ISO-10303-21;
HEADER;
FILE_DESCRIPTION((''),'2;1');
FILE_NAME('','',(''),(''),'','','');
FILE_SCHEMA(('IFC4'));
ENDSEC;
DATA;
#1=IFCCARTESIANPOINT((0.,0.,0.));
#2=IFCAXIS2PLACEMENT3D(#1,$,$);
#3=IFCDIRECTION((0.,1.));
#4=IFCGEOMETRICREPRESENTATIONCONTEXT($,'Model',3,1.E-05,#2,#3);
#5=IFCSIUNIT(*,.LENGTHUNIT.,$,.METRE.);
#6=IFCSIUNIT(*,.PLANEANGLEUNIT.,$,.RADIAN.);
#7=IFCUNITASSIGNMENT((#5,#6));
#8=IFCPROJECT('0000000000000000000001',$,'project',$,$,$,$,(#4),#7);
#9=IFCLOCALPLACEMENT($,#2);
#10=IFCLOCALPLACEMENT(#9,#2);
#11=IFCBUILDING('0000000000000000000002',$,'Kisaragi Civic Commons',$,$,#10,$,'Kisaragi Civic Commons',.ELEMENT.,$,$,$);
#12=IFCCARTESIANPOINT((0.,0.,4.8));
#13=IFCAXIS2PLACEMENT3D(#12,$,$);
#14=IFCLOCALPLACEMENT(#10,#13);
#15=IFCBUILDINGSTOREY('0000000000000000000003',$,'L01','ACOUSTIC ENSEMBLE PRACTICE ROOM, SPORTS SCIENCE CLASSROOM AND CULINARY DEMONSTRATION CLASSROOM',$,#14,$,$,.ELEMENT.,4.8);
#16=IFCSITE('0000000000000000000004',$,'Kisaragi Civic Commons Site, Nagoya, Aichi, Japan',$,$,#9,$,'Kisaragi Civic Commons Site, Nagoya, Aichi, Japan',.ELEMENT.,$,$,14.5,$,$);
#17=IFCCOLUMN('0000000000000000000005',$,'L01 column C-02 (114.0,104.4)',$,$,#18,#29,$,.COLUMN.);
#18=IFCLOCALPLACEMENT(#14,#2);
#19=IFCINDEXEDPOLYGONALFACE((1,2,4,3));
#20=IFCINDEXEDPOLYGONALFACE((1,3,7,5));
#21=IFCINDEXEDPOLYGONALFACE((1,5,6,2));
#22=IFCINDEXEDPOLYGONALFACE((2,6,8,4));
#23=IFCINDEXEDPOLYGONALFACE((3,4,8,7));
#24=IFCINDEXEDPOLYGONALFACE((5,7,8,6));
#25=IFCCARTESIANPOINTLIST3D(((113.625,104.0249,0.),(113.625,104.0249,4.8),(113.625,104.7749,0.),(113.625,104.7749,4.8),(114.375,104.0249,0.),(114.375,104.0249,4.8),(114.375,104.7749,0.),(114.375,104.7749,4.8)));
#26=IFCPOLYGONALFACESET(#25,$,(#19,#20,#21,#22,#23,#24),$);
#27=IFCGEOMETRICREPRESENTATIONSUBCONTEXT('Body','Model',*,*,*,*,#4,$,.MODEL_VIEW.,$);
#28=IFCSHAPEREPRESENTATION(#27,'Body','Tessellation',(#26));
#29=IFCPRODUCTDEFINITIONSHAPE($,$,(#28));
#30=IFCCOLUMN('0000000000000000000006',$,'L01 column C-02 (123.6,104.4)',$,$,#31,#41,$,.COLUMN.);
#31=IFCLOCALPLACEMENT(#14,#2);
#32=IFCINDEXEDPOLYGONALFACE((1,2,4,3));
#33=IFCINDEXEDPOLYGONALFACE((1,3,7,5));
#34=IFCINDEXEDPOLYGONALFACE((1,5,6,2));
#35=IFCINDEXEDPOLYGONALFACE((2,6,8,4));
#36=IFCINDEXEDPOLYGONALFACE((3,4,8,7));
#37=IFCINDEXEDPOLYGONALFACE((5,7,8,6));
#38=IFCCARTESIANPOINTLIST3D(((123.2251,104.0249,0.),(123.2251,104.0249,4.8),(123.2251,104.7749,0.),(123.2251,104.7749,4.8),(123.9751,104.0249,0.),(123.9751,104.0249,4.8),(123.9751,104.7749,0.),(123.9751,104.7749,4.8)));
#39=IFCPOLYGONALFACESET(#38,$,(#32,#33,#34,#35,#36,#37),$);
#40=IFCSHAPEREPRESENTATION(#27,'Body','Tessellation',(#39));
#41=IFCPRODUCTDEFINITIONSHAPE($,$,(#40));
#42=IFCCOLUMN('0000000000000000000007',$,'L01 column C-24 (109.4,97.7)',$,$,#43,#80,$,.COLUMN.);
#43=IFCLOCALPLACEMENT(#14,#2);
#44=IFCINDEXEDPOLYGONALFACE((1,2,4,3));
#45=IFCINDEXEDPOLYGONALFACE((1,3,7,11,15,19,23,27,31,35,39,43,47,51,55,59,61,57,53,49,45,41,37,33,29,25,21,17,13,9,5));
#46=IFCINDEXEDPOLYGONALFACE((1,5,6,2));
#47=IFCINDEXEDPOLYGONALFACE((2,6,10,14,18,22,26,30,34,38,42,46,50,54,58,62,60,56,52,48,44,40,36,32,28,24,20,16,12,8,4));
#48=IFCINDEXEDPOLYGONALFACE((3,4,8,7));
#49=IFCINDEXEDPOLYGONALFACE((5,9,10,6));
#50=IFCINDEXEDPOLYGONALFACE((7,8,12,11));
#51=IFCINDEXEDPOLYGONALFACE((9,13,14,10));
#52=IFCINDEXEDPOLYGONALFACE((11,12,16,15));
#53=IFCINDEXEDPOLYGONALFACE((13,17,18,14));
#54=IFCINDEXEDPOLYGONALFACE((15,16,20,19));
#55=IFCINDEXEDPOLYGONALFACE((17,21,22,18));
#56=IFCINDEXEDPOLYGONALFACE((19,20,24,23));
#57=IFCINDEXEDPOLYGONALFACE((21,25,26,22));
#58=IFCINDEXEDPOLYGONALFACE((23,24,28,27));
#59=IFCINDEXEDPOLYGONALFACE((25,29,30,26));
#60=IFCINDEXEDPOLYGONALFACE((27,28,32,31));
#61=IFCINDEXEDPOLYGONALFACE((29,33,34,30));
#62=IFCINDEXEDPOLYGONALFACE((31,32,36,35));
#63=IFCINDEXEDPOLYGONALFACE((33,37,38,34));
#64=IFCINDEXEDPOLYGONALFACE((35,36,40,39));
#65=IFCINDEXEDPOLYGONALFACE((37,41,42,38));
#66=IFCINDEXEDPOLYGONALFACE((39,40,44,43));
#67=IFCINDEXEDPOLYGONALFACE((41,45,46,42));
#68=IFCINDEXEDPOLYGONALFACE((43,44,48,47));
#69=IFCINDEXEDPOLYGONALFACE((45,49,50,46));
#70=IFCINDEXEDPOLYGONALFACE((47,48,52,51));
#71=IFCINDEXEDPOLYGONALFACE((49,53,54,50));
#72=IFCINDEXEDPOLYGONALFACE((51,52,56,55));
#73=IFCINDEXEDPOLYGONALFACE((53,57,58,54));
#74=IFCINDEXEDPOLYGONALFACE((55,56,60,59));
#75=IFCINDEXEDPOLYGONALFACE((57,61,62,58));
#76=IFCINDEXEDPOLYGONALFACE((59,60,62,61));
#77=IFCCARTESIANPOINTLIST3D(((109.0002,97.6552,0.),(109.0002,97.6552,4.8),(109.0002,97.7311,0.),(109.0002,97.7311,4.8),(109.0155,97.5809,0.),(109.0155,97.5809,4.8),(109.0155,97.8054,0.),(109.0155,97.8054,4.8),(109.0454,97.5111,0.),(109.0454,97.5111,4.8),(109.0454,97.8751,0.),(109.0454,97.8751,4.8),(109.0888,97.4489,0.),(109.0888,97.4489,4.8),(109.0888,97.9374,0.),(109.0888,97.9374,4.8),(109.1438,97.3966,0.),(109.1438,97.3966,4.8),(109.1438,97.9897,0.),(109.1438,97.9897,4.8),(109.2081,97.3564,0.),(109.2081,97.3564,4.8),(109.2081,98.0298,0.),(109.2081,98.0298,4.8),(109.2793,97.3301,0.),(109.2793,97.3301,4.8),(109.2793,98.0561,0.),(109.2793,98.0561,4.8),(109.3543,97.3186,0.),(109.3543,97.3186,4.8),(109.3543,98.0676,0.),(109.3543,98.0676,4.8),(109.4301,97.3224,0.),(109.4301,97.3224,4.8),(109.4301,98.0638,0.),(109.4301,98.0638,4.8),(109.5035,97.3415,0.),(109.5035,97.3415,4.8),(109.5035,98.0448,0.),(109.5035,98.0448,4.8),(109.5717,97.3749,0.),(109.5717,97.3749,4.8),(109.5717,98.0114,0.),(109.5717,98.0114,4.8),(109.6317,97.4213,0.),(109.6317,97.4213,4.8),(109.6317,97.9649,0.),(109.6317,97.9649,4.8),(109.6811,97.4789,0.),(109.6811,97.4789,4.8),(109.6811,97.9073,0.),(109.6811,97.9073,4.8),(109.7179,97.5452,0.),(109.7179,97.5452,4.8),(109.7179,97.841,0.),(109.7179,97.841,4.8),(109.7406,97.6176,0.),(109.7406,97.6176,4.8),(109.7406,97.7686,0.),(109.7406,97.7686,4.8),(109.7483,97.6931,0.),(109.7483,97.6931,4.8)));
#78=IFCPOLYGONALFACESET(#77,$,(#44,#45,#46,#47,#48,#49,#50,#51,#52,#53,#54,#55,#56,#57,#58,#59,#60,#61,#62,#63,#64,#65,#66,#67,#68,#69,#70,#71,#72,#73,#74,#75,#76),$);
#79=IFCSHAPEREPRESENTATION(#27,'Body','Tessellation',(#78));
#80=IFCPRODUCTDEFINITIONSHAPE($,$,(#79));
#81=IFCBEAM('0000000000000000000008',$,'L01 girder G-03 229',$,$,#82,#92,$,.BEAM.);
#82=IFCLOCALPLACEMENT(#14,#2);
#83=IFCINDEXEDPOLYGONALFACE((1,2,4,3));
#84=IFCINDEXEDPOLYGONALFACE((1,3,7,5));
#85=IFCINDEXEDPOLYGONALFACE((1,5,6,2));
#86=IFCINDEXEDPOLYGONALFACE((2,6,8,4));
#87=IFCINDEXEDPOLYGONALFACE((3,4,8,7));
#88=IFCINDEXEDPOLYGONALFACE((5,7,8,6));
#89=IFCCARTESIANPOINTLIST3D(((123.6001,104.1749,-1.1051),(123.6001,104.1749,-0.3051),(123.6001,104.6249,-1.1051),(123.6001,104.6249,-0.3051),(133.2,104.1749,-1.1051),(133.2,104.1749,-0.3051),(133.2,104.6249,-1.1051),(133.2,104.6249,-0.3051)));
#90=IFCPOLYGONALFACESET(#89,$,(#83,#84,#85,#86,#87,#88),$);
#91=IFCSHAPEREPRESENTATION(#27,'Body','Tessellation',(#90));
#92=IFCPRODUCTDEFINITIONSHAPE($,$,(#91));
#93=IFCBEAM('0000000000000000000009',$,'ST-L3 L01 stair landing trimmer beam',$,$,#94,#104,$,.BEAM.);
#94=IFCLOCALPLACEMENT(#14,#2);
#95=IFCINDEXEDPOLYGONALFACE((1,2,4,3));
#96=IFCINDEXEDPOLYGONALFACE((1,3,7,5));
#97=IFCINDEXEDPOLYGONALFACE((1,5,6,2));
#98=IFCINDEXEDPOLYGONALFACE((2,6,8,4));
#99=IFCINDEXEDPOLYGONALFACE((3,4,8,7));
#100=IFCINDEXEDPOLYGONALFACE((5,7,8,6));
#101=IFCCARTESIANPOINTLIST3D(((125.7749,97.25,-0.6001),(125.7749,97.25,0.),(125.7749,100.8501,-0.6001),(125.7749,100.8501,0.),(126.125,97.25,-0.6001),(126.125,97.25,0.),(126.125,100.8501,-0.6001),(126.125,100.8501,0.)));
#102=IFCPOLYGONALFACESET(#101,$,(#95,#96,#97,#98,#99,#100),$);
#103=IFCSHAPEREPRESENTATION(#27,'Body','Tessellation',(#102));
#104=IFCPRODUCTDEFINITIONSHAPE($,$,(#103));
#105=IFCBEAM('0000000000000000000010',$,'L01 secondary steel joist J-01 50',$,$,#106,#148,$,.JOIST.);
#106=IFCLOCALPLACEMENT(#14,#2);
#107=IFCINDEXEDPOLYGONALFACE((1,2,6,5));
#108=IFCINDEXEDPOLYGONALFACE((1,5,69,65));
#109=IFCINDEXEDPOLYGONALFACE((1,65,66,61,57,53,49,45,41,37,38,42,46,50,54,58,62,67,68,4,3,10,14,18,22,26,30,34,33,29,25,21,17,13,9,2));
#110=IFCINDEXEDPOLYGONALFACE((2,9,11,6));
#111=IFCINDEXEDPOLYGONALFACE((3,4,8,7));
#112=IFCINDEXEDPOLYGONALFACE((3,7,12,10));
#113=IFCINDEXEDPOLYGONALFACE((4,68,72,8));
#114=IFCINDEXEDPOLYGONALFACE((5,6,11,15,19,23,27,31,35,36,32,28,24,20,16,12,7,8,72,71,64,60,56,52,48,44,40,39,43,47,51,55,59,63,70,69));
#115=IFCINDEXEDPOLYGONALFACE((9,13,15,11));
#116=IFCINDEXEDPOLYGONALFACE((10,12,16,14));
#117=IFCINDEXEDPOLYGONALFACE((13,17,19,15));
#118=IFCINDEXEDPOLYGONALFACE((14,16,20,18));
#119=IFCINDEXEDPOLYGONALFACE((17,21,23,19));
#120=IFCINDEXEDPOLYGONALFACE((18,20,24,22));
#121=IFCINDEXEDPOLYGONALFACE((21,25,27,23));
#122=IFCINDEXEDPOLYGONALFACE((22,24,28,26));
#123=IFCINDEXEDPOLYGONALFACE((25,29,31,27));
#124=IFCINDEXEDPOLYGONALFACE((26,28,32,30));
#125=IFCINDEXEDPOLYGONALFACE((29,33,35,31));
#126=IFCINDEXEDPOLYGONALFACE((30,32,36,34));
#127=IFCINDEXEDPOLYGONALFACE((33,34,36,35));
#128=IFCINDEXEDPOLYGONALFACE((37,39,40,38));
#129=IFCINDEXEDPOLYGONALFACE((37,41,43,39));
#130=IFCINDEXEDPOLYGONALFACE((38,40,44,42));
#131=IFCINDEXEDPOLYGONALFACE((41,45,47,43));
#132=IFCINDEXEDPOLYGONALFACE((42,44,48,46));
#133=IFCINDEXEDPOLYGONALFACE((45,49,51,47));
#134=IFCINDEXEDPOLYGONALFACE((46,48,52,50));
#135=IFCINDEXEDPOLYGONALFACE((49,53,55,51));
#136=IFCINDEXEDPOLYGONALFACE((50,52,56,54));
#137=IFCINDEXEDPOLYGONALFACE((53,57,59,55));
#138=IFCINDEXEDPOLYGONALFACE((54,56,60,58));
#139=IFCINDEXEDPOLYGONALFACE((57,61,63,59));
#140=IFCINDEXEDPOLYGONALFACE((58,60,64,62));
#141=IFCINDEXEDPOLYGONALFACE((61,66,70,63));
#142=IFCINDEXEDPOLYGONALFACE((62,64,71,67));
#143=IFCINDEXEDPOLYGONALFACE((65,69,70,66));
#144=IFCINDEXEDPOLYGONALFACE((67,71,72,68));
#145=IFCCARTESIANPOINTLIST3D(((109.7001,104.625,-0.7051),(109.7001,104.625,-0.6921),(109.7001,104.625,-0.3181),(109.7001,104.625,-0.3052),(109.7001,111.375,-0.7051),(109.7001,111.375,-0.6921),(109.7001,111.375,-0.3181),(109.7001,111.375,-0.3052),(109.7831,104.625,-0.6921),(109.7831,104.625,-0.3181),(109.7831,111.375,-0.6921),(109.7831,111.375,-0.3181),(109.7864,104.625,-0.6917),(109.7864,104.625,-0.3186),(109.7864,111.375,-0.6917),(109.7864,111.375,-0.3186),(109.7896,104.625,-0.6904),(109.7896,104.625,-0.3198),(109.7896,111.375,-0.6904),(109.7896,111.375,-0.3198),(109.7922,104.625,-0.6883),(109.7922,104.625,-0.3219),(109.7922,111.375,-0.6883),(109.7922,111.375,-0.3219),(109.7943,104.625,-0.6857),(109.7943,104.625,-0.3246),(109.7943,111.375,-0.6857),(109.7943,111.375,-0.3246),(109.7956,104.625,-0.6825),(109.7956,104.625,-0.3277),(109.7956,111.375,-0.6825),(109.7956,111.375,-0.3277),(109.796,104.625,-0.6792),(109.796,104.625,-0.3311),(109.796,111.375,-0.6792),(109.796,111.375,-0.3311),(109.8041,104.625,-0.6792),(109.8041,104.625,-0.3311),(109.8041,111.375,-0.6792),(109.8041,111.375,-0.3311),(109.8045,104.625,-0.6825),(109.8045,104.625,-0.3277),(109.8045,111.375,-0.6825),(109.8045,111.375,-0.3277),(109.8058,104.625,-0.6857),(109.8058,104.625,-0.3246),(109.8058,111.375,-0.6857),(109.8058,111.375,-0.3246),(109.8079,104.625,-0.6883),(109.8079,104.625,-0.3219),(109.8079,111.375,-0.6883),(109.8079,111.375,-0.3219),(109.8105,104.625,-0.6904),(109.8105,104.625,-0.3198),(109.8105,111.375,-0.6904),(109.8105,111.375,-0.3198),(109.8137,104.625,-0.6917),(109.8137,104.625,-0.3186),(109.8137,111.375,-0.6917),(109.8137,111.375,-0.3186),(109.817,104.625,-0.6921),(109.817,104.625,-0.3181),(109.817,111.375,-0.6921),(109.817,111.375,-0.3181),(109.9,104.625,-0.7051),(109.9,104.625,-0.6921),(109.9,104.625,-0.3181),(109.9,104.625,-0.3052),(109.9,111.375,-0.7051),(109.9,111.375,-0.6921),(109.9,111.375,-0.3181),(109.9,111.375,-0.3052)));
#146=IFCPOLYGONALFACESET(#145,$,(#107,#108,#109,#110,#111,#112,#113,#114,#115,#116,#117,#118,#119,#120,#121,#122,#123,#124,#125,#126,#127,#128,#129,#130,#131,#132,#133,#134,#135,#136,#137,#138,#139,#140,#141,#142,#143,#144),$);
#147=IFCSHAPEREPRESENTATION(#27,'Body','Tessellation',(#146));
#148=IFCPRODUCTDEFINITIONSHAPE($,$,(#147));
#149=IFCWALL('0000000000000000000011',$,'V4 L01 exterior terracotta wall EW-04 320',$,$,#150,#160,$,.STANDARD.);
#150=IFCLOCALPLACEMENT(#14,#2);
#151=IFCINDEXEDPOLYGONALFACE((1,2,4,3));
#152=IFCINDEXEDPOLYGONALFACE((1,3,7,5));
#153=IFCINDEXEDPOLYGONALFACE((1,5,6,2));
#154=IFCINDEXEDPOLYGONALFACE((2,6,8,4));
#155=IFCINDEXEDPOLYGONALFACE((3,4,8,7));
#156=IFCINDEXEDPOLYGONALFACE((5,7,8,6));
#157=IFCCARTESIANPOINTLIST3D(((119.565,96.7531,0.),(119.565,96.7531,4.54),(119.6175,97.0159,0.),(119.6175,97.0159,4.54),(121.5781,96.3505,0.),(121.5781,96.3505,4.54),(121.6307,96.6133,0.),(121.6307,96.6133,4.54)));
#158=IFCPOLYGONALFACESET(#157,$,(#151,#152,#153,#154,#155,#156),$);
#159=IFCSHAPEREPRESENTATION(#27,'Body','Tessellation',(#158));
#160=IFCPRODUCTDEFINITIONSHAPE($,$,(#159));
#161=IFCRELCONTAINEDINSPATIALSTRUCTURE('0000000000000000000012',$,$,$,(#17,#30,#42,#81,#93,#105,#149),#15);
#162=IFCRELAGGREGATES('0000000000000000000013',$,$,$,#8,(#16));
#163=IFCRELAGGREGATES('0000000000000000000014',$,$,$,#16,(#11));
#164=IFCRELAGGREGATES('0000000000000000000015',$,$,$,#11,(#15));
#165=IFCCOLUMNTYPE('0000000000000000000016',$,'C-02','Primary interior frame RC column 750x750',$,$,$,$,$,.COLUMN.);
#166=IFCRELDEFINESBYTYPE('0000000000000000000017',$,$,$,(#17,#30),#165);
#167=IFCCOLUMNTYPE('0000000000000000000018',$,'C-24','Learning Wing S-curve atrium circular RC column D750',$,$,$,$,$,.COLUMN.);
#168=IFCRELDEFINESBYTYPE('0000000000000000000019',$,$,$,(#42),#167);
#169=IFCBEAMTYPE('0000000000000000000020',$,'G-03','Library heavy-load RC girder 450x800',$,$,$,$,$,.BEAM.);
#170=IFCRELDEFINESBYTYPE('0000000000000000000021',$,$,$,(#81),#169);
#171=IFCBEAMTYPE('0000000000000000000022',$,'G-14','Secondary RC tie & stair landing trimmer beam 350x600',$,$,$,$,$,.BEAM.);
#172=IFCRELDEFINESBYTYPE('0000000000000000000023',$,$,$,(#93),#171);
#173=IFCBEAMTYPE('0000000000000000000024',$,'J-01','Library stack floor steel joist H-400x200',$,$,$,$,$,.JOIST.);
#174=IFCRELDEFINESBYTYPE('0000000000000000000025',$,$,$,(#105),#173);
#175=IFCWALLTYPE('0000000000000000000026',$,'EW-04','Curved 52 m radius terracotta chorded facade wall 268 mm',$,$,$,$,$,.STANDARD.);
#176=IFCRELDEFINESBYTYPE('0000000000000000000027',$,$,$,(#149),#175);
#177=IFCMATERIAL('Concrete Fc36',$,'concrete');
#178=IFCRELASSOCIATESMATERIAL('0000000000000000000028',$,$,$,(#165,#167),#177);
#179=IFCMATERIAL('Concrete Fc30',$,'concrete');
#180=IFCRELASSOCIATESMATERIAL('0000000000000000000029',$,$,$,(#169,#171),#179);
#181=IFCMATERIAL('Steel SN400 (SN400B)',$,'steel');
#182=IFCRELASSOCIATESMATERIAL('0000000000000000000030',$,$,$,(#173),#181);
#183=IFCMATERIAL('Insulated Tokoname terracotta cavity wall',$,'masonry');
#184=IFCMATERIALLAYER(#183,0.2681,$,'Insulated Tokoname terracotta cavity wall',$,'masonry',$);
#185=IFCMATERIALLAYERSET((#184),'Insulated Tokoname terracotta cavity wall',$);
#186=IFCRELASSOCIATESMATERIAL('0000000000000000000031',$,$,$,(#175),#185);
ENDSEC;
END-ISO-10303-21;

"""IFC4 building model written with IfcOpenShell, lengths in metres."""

from ifc_helpers import new_model, si_unit, direction, frame, frame_2d, origin, origin_2d, place, context, subcontext, project, spatial, rectangle, circle, i_section, extrude, material, layer, layer_set, material_profile, profile_set, type_object, element, save


model = new_model("IFC4")

# Units and contexts
model_context = context("Model", 3, precision=1e-05, world=origin(), true_north=direction((0.0, 1.0)))
body_context = subcontext(model_context, "Body", "Model", "MODEL_VIEW")
ifc_project = project(units=[si_unit("LENGTHUNIT", "METRE"), si_unit("PLANEANGLEUNIT", "RADIAN")], contexts=[model_context])

# Site, building, storey
site_placement = place(None, origin())
site = spatial("IfcSite", under=ifc_project, at=site_placement, Name="Kisaragi Civic Commons Site, Nagoya, Aichi, Japan", LongName="Kisaragi Civic Commons Site, Nagoya, Aichi, Japan", CompositionType="ELEMENT", RefElevation=14.5)
building_placement = place(site_placement, origin())
building = spatial("IfcBuilding", under=site, at=building_placement, Name="Kisaragi Civic Commons", LongName="Kisaragi Civic Commons", CompositionType="ELEMENT")
storey_placement = place(building_placement, frame((0.0, 0.0, 4.8)))
storey = spatial("IfcBuildingStorey", under=building, at=storey_placement, Name="L01", Description="ACOUSTIC ENSEMBLE PRACTICE ROOM, SPORTS SCIENCE CLASSROOM AND CULINARY DEMONSTRATION CLASSROOM", CompositionType="ELEMENT", Elevation=4.8)

# Columns
ifc_material_1 = material(Name="Concrete Fc36", Category="concrete")
ifc_material_profile_1 = material_profile(ifc_material_1, rectangle(XDim=0.75, YDim=0.75, at=origin_2d()), Name="RC-750x750", Category="concrete")
ifc_profile_set_1 = profile_set([ifc_material_profile_1], Name="Concrete Fc36")
column_type_1 = type_object("IfcColumnType", Name="C-02", Description="Primary interior frame RC column 750x750", PredefinedType="COLUMN", material=ifc_profile_set_1)
for number, where, z_axis, x_axis, name in (
    (1, (114.0, 104.3999, 0.0), (0.0, 0.0, 1.0), (1.0, 0.0, 0.0), "L01 column C-02 (114.0,104.4)"),
    (2, (123.6001, 104.3999, 0.0), (0.0, 0.0, 1.0), (1.0, 0.0, 0.0), "L01 column C-02 (123.6,104.4)"),
):
    element("IfcColumn", number, at=place(storey_placement, frame(where, z_axis=z_axis, x_axis=x_axis)), inside=storey, type_object=column_type_1, Name=name, PredefinedType="COLUMN", context=body_context, shape_type="SweptSolid", body=[
        extrude(rectangle(XDim=0.75, YDim=0.75, at=origin_2d()), origin(), (0.0, 0.0, 1.0), 4.8),
    ])
ifc_material_profile_2 = material_profile(ifc_material_1, circle(Radius=0.375, at=origin_2d()), Name="RC-D750", Category="concrete")
ifc_profile_set_2 = profile_set([ifc_material_profile_2], Name="Concrete Fc36")
column_type_2 = type_object("IfcColumnType", Name="C-24", Description="Learning Wing S-curve atrium circular RC column D750", PredefinedType="COLUMN", material=ifc_profile_set_2)
column_placement = place(storey_placement, frame((109.3733, 97.6931, 0.0), z_axis=(0.0, 0.0, 1.0), x_axis=(1.0, 0.0, 0.0)))
element("IfcColumn", 3, at=column_placement, inside=storey, type_object=column_type_2, Name="L01 column C-24 (109.4,97.7)", PredefinedType="COLUMN", context=body_context, shape_type="SweptSolid", body=[
    extrude(circle(Radius=0.375, at=origin_2d()), origin(), (0.0, 0.0, 1.0), 4.8),
])

# Beams
ifc_material_2 = material(Name="Concrete Fc30", Category="concrete")
ifc_material_profile_3 = material_profile(ifc_material_2, rectangle(XDim=0.45, YDim=0.8, at=origin_2d()), Name="RC-450x800", Category="concrete")
ifc_profile_set_3 = profile_set([ifc_material_profile_3], Name="Concrete Fc30")
beam_type_1 = type_object("IfcBeamType", Name="G-03", Description="Library heavy-load RC girder 450x800", PredefinedType="BEAM", material=ifc_profile_set_3)
beam_1_placement = place(storey_placement, frame((123.6001, 104.3999, -0.7051), z_axis=(1.0, 0.0, 0.0), x_axis=(0.0, 1.0, 0.0)))
element("IfcBeam", 4, at=beam_1_placement, inside=storey, type_object=beam_type_1, Name="L01 girder G-03 229", PredefinedType="BEAM", context=body_context, shape_type="SweptSolid", body=[
    extrude(rectangle(XDim=0.45, YDim=0.8, at=origin_2d()), origin(), (0.0, 0.0, 1.0), 9.5999),
])
ifc_material_profile_4 = material_profile(ifc_material_2, rectangle(XDim=0.3501, YDim=0.6001, at=origin_2d()), Name="RC-350x600", Category="concrete")
ifc_profile_set_4 = profile_set([ifc_material_profile_4], Name="Concrete Fc30")
beam_type_2 = type_object("IfcBeamType", Name="G-14", Description="Secondary RC tie & stair landing trimmer beam 350x600", PredefinedType="BEAM", material=ifc_profile_set_4)
beam_2_placement = place(storey_placement, frame((125.95, 97.25, -0.3), z_axis=(0.0, 1.0, 0.0), x_axis=(-1.0, 0.0, 0.0)))
element("IfcBeam", 5, at=beam_2_placement, inside=storey, type_object=beam_type_2, Name="ST-L3 L01 stair landing trimmer beam", PredefinedType="BEAM", context=body_context, shape_type="SweptSolid", body=[
    extrude(rectangle(XDim=0.3501, YDim=0.6001, at=origin_2d()), origin(), (0.0, 0.0, 1.0), 3.6001),
])
ifc_material_3 = material(Name="Steel SN400 (SN400B)", Category="steel")
ifc_material_profile_5 = material_profile(ifc_material_3, i_section(OverallWidth=0.2, OverallDepth=0.3999, WebThickness=0.0081, FlangeThickness=0.0129, FilletRadius=0.0129, at=origin_2d()), Name="H-400x200x8x13", Category="steel")
ifc_profile_set_5 = profile_set([ifc_material_profile_5], Name="Steel SN400 (SN400B)")
beam_type_3 = type_object("IfcBeamType", Name="J-01", Description="Library stack floor steel joist H-400x200", PredefinedType="JOIST", material=ifc_profile_set_5)
beam_3_placement = place(storey_placement, frame((109.8, 104.625, -0.5051), z_axis=(0.0, 1.0, 0.0), x_axis=(-1.0, 0.0, 0.0)))
element("IfcBeam", 6, at=beam_3_placement, inside=storey, type_object=beam_type_3, Name="L01 secondary steel joist J-01 50", PredefinedType="JOIST", context=body_context, shape_type="SweptSolid", body=[
    extrude(i_section(OverallWidth=0.2, OverallDepth=0.3999, WebThickness=0.0081, FlangeThickness=0.0129, FilletRadius=0.0129, at=origin_2d()), origin(), (0.0, 0.0, 1.0), 6.75),
])

# Wall
ifc_material_4 = material(Name="Insulated Tokoname terracotta cavity wall", Category="masonry")
ifc_layer_1 = layer(ifc_material_4, 0.2681, Name="Insulated Tokoname terracotta cavity wall", Category="masonry")
ifc_layer_set_1 = layer_set([ifc_layer_1], Name="Insulated Tokoname terracotta cavity wall")
wall_type_1 = type_object("IfcWallType", Name="EW-04", Description="Curved 52 m radius terracotta chorded facade wall 268 mm", PredefinedType="STANDARD", material=ifc_layer_set_1)
wall_1_placement = place(storey_placement, frame((121.6042, 96.4819, 0.0), z_axis=(0.0, 0.0, 1.0), x_axis=(-0.980585, 0.196093, 0.0)))
element("IfcWall", 7, at=wall_1_placement, inside=storey, type_object=wall_type_1, Name="V4 L01 exterior terracotta wall EW-04 320", PredefinedType="STANDARD", context=body_context, shape_type="SweptSolid", body=[
    extrude(rectangle(XDim=2.053, YDim=0.2681, at=frame_2d((1.0264, 0.0))), origin(), (0.0, 0.0, 1.0), 4.54),
])

save(model, "model.ifc")
